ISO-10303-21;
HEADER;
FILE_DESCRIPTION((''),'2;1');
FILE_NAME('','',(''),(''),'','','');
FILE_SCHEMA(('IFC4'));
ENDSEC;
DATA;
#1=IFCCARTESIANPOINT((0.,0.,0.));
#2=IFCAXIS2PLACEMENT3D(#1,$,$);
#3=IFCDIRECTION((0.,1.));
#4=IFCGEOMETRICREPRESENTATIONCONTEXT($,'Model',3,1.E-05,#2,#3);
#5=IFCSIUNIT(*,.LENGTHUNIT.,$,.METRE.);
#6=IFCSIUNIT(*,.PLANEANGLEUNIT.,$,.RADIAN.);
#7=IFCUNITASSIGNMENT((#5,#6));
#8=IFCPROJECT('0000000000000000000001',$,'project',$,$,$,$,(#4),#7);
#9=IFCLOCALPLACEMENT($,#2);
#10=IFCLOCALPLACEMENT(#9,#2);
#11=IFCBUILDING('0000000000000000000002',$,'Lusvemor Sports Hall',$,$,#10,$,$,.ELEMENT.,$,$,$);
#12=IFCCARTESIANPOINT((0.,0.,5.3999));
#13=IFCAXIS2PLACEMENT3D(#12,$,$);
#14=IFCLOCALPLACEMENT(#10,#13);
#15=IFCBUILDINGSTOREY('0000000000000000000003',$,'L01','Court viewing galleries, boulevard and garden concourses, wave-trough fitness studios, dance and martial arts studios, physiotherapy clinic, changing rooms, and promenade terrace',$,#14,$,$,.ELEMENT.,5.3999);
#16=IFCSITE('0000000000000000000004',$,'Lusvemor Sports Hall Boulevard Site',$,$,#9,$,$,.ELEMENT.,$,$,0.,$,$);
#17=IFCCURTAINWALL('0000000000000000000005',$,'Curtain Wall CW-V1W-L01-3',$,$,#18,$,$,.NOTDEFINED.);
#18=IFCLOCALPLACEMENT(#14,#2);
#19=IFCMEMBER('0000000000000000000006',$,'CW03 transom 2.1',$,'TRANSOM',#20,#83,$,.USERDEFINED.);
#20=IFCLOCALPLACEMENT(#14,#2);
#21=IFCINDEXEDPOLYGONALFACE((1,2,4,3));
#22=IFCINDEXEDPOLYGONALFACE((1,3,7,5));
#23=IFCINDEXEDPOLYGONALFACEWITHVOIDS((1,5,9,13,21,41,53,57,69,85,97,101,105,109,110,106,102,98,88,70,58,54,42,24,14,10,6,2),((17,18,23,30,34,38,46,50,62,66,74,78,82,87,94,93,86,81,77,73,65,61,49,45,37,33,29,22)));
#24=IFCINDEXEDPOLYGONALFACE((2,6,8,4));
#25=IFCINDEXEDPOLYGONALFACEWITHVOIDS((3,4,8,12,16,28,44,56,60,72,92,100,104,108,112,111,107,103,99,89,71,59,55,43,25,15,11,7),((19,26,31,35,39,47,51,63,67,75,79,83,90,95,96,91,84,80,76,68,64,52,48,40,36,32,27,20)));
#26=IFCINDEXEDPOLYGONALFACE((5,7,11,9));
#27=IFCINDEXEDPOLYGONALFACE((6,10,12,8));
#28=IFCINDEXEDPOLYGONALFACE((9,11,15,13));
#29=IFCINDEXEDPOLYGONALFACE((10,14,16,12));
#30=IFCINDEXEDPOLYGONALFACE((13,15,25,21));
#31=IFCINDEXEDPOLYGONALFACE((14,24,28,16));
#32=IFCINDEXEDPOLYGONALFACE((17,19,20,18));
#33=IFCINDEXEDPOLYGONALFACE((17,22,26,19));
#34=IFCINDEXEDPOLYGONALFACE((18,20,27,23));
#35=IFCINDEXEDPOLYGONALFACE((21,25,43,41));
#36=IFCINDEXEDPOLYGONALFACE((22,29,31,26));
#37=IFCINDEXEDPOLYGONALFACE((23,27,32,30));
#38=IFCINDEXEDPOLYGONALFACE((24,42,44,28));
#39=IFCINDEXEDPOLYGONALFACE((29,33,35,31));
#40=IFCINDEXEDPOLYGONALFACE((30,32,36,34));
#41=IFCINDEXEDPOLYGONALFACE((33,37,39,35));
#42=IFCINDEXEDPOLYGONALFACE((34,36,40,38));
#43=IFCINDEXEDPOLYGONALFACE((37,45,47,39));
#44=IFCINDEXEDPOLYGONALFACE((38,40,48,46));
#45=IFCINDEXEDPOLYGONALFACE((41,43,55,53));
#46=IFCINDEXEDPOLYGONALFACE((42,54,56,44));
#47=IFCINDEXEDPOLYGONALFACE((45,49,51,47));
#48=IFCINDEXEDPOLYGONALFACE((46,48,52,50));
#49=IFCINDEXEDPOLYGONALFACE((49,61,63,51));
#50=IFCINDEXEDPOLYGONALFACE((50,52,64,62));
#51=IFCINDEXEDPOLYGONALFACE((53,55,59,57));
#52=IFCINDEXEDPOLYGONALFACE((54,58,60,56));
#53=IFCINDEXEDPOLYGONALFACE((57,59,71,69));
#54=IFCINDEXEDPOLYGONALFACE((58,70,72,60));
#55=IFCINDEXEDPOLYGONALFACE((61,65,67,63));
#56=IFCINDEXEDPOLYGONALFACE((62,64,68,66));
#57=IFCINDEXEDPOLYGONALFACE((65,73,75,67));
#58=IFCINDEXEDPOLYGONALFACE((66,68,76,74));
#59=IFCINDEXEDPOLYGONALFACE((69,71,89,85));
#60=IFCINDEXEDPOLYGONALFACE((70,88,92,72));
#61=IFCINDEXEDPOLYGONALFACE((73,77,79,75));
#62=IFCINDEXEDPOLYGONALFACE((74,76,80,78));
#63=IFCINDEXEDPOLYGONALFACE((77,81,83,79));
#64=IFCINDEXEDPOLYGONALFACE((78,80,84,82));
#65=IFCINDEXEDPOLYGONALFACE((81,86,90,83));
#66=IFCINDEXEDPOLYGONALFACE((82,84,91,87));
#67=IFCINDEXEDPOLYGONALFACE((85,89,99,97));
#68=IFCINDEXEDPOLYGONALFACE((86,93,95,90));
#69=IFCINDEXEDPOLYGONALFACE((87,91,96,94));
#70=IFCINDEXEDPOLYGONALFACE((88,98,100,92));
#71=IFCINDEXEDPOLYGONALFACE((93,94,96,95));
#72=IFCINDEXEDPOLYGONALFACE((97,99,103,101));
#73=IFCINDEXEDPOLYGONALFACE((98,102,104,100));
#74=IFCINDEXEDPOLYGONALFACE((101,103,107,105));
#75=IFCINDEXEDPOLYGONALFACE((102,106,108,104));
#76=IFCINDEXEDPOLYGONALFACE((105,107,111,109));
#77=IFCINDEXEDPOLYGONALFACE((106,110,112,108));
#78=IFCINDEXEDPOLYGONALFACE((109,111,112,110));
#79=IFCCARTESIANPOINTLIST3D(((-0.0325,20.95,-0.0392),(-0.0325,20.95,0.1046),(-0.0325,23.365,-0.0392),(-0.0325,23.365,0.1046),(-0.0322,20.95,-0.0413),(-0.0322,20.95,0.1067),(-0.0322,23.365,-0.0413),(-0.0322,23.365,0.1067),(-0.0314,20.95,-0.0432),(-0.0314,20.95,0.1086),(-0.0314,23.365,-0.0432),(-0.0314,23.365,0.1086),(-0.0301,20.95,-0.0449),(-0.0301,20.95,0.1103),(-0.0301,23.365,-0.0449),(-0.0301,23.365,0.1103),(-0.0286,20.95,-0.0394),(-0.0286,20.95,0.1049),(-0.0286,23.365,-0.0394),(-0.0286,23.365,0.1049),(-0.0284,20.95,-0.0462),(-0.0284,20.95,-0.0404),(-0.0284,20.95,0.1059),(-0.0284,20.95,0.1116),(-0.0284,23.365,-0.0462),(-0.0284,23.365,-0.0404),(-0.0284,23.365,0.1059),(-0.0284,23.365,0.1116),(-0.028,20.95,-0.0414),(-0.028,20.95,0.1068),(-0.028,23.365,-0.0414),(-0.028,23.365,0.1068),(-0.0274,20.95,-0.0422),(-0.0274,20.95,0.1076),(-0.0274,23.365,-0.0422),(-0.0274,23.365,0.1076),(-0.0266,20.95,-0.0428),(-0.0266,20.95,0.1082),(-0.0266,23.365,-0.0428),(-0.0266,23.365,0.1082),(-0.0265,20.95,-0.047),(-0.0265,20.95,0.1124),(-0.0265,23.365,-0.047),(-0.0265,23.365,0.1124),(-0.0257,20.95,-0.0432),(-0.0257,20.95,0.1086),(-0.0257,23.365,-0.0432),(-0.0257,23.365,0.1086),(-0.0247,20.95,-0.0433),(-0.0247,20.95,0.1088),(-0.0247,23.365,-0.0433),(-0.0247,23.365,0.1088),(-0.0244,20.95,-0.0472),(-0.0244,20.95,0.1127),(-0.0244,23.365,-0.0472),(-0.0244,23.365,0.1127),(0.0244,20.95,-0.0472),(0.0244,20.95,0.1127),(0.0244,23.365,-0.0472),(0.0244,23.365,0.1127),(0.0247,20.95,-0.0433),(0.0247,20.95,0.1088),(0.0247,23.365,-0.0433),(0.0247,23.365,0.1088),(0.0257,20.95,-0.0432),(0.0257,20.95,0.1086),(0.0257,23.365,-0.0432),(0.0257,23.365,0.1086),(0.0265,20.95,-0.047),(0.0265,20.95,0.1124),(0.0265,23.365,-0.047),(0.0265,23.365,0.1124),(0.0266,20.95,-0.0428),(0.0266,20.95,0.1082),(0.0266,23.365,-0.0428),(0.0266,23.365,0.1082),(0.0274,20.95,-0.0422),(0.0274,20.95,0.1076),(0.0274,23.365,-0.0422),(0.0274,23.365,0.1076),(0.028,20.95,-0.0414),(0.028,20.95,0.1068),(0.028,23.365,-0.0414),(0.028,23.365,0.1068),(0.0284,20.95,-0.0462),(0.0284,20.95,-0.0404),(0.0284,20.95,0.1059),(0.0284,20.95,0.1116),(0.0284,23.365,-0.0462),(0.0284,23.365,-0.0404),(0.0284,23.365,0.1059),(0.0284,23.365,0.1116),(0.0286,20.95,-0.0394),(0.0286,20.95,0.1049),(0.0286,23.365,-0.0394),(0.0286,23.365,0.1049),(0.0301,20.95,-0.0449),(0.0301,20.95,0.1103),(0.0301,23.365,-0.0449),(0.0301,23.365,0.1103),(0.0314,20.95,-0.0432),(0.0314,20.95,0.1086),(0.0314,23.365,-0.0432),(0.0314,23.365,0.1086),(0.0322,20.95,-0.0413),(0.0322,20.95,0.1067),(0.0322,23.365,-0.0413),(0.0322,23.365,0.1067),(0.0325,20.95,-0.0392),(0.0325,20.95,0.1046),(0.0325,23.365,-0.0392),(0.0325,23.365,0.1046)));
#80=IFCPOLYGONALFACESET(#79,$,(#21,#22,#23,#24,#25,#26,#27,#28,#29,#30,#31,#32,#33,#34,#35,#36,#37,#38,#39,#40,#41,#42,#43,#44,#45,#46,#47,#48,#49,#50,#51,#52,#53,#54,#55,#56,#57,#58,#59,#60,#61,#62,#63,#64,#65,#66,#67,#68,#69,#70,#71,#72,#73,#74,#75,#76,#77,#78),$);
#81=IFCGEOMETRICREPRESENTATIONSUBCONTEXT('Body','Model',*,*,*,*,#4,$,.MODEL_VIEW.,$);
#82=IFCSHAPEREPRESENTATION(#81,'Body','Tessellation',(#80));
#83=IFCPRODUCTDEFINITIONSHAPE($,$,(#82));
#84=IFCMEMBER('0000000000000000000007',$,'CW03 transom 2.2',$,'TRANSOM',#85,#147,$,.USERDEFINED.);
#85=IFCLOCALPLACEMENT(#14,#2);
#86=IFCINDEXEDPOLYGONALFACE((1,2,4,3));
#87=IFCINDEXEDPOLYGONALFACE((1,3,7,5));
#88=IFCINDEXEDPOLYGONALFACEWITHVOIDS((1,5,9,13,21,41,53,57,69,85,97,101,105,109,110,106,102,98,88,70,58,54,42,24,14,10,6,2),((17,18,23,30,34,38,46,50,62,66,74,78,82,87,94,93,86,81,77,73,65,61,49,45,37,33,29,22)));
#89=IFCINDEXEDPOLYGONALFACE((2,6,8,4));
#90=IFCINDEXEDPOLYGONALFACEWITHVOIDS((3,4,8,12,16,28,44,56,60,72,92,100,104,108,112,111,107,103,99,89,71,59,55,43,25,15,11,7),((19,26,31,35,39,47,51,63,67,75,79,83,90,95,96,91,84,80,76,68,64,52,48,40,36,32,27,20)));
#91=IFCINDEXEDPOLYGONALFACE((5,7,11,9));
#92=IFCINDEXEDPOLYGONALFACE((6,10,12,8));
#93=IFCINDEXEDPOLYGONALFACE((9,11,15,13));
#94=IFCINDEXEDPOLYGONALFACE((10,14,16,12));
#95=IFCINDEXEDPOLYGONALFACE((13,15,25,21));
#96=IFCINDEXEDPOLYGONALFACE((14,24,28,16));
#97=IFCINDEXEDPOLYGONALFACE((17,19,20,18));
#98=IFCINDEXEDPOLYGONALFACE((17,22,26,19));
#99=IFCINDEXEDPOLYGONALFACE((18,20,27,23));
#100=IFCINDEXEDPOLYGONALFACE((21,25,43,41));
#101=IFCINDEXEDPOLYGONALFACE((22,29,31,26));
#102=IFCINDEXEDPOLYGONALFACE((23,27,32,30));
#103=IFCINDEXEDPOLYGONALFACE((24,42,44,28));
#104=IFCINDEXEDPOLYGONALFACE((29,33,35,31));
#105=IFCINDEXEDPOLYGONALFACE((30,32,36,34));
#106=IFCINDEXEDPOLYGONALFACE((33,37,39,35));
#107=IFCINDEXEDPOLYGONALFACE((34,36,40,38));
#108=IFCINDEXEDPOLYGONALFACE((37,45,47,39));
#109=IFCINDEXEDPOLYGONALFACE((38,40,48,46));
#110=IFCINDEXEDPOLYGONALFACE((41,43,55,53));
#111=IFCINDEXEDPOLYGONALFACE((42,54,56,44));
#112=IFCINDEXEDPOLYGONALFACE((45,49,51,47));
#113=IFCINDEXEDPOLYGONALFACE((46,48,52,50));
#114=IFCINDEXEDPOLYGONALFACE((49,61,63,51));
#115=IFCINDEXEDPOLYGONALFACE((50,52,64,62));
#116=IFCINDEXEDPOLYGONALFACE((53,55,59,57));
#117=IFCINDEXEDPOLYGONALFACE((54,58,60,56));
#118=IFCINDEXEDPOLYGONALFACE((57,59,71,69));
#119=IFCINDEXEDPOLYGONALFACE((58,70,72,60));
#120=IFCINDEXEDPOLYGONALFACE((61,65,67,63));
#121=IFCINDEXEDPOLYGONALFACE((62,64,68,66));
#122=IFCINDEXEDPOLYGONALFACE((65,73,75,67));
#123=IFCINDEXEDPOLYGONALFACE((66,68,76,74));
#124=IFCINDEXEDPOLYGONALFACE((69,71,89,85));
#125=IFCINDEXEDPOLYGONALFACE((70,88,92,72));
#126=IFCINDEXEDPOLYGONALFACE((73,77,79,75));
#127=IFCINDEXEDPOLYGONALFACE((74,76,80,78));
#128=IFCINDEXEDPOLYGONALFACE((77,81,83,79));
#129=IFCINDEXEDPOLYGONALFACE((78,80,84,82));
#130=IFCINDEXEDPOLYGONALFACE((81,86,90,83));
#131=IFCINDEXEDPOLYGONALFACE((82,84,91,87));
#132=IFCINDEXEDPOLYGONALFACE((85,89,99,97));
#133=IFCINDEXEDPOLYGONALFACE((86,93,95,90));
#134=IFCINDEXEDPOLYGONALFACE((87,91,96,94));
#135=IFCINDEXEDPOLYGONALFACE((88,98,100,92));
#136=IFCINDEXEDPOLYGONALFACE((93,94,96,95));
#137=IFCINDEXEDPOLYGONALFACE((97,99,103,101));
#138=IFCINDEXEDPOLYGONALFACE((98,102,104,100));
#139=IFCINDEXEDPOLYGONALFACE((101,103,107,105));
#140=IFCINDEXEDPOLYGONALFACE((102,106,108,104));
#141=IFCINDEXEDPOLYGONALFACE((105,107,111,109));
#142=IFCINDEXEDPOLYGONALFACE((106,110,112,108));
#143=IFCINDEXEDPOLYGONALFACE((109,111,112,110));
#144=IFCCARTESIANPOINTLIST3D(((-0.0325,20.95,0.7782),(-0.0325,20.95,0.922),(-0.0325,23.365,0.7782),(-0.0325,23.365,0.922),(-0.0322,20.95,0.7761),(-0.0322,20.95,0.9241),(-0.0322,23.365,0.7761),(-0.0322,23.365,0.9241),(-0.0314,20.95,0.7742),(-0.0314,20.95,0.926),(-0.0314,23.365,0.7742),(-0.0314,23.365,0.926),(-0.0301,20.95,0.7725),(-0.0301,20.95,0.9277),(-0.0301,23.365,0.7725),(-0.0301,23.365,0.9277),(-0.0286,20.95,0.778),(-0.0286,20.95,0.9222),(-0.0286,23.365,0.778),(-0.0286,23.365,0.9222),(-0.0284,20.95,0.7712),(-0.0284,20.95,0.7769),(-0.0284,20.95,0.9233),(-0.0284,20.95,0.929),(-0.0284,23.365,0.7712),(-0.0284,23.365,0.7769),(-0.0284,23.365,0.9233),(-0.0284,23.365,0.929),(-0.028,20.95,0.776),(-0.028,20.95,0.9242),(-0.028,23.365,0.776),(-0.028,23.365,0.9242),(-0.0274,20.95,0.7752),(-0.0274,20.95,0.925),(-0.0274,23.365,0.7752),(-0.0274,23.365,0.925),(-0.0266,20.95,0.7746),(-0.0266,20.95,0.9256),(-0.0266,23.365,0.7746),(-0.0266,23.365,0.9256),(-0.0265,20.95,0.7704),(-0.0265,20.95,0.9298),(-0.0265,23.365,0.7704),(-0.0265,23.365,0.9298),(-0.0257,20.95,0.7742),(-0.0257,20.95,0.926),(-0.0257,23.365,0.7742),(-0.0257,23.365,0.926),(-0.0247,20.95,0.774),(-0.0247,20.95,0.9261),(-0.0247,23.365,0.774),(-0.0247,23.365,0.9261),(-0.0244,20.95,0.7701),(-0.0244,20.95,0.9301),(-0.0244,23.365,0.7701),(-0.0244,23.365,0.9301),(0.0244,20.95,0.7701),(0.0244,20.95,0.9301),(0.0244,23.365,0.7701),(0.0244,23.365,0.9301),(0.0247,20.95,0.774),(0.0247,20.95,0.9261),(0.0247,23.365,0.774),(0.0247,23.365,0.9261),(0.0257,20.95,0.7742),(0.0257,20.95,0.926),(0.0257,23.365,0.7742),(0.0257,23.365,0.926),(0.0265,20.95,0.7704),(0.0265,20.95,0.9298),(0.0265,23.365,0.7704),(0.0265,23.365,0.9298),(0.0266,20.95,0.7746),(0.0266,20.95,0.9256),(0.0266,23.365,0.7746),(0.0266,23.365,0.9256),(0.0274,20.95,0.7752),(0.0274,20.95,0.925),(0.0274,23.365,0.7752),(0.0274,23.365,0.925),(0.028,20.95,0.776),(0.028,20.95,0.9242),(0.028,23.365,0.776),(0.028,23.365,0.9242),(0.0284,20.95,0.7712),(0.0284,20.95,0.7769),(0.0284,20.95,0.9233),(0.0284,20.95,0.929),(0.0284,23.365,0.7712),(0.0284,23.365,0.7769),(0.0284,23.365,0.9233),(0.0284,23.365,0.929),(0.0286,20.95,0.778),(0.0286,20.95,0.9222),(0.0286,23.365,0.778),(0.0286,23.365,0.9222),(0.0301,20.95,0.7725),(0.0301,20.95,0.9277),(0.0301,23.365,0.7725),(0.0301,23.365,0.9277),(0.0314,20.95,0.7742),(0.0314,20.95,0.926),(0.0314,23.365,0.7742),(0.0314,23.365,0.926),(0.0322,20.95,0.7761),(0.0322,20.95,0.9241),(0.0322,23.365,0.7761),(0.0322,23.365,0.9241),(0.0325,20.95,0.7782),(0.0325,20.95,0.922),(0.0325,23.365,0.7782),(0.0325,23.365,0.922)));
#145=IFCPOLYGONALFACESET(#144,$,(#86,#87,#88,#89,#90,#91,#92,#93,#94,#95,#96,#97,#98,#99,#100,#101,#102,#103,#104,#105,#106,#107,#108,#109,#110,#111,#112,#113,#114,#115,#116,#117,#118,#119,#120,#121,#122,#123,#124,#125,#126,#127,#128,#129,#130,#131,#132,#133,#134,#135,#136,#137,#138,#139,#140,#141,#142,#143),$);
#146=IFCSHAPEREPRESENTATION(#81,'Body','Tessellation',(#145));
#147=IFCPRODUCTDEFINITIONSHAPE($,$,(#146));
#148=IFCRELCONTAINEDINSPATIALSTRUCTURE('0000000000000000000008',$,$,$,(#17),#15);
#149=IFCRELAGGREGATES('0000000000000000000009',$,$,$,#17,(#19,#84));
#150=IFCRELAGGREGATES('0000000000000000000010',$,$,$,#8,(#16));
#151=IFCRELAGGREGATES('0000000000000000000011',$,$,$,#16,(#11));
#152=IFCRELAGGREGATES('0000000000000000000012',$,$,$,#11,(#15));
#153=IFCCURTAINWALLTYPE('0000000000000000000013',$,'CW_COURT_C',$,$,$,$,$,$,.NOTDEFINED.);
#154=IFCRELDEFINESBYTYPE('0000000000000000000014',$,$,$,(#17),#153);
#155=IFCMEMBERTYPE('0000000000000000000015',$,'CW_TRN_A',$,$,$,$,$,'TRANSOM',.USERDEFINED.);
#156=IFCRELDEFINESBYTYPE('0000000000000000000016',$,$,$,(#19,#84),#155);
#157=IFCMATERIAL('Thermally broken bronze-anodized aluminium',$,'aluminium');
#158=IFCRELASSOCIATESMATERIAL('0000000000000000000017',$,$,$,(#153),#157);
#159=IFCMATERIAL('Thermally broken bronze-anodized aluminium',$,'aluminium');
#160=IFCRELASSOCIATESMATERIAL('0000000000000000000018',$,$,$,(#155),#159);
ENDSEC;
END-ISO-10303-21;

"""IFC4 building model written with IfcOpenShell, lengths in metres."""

from ifc_helpers import new_model, si_unit, direction, frame, origin, origin_2d, place, context, subcontext, project, spatial, hollow_rectangle, extrude, material, material_profile, profile_set, type_object, element, aggregate, save


model = new_model("IFC4")

# Units and contexts
model_context = context("Model", 3, precision=1e-05, world=origin(), true_north=direction((0.0, 1.0)))
body_context = subcontext(model_context, "Body", "Model", "MODEL_VIEW")
ifc_project = project(units=[si_unit("LENGTHUNIT", "METRE"), si_unit("PLANEANGLEUNIT", "RADIAN")], contexts=[model_context])

# Site, building, storey
site_placement = place(None, origin())
site = spatial("IfcSite", under=ifc_project, at=site_placement, Name="Lusvemor Sports Hall Boulevard Site", CompositionType="ELEMENT", RefElevation=0.0)
building_placement = place(site_placement, origin())
building = spatial("IfcBuilding", under=site, at=building_placement, Name="Lusvemor Sports Hall", CompositionType="ELEMENT")
storey_placement = place(building_placement, frame((0.0, 0.0, 5.3999)))
storey = spatial("IfcBuildingStorey", under=building, at=storey_placement, Name="L01", Description="Court viewing galleries, boulevard and garden concourses, wave-trough fitness studios, dance and martial arts studios, physiotherapy clinic, changing rooms, and promenade terrace", CompositionType="ELEMENT", Elevation=5.3999)

# Shared definitions
ifc_material_1 = material(Name="Thermally broken bronze-anodized aluminium", Category="aluminium")
curtain_wall_type = type_object("IfcCurtainWallType", Name="CW_COURT_C", PredefinedType="NOTDEFINED", material=ifc_material_1)

# Curtain wall, members
curtain_wall_1_placement = place(storey_placement, origin())
curtain_wall_1 = element("IfcCurtainWall", 1, at=curtain_wall_1_placement, inside=storey, type_object=curtain_wall_type, Name="Curtain Wall CW-V1W-L01-3", PredefinedType="NOTDEFINED")
ifc_material_2 = material(Name="Thermally broken bronze-anodized aluminium", Category="aluminium")
ifc_material_profile_1 = material_profile(ifc_material_2, hollow_rectangle(XDim=0.0649, YDim=0.1599, WallThickness=0.0039, InnerFilletRadius=0.0039, OuterFilletRadius=0.0081, at=origin_2d()), Name="CWTRN160x65x4")
ifc_profile_set_1 = profile_set([ifc_material_profile_1], Name="Thermally broken bronze-anodized aluminium")
member_type_1 = type_object("IfcMemberType", Name="CW_TRN_A", ElementType="TRANSOM", PredefinedType="USERDEFINED", material=ifc_profile_set_1)
member_1_placement = place(storey_placement, frame((0.0, 20.95, 0.0327), z_axis=(0.0, 1.0, 0.0), x_axis=(-1.0, 0.0, 0.0)))
member_1 = element("IfcMember", 2, at=member_1_placement, type_object=member_type_1, Name="CW03 transom 2.1", ObjectType="TRANSOM", PredefinedType="USERDEFINED", context=body_context, shape_type="SweptSolid", body=[
    extrude(hollow_rectangle(XDim=0.0649, YDim=0.1599, WallThickness=0.0039, InnerFilletRadius=0.0039, OuterFilletRadius=0.0081, at=origin_2d()), origin(), (0.0, 0.0, 1.0), 2.415),
])
member_2_placement = place(storey_placement, frame((0.0, 20.95, 0.8501), z_axis=(0.0, 1.0, 0.0), x_axis=(-1.0, 0.0, 0.0)))
member_2 = element("IfcMember", 3, at=member_2_placement, type_object=member_type_1, Name="CW03 transom 2.2", ObjectType="TRANSOM", PredefinedType="USERDEFINED", context=body_context, shape_type="SweptSolid", body=[
    extrude(hollow_rectangle(XDim=0.0649, YDim=0.1599, WallThickness=0.0039, InnerFilletRadius=0.0039, OuterFilletRadius=0.0081, at=origin_2d()), origin(), (0.0, 0.0, 1.0), 2.415),
])
aggregate(curtain_wall_1, [member_1, member_2])

save(model, "model.ifc")
